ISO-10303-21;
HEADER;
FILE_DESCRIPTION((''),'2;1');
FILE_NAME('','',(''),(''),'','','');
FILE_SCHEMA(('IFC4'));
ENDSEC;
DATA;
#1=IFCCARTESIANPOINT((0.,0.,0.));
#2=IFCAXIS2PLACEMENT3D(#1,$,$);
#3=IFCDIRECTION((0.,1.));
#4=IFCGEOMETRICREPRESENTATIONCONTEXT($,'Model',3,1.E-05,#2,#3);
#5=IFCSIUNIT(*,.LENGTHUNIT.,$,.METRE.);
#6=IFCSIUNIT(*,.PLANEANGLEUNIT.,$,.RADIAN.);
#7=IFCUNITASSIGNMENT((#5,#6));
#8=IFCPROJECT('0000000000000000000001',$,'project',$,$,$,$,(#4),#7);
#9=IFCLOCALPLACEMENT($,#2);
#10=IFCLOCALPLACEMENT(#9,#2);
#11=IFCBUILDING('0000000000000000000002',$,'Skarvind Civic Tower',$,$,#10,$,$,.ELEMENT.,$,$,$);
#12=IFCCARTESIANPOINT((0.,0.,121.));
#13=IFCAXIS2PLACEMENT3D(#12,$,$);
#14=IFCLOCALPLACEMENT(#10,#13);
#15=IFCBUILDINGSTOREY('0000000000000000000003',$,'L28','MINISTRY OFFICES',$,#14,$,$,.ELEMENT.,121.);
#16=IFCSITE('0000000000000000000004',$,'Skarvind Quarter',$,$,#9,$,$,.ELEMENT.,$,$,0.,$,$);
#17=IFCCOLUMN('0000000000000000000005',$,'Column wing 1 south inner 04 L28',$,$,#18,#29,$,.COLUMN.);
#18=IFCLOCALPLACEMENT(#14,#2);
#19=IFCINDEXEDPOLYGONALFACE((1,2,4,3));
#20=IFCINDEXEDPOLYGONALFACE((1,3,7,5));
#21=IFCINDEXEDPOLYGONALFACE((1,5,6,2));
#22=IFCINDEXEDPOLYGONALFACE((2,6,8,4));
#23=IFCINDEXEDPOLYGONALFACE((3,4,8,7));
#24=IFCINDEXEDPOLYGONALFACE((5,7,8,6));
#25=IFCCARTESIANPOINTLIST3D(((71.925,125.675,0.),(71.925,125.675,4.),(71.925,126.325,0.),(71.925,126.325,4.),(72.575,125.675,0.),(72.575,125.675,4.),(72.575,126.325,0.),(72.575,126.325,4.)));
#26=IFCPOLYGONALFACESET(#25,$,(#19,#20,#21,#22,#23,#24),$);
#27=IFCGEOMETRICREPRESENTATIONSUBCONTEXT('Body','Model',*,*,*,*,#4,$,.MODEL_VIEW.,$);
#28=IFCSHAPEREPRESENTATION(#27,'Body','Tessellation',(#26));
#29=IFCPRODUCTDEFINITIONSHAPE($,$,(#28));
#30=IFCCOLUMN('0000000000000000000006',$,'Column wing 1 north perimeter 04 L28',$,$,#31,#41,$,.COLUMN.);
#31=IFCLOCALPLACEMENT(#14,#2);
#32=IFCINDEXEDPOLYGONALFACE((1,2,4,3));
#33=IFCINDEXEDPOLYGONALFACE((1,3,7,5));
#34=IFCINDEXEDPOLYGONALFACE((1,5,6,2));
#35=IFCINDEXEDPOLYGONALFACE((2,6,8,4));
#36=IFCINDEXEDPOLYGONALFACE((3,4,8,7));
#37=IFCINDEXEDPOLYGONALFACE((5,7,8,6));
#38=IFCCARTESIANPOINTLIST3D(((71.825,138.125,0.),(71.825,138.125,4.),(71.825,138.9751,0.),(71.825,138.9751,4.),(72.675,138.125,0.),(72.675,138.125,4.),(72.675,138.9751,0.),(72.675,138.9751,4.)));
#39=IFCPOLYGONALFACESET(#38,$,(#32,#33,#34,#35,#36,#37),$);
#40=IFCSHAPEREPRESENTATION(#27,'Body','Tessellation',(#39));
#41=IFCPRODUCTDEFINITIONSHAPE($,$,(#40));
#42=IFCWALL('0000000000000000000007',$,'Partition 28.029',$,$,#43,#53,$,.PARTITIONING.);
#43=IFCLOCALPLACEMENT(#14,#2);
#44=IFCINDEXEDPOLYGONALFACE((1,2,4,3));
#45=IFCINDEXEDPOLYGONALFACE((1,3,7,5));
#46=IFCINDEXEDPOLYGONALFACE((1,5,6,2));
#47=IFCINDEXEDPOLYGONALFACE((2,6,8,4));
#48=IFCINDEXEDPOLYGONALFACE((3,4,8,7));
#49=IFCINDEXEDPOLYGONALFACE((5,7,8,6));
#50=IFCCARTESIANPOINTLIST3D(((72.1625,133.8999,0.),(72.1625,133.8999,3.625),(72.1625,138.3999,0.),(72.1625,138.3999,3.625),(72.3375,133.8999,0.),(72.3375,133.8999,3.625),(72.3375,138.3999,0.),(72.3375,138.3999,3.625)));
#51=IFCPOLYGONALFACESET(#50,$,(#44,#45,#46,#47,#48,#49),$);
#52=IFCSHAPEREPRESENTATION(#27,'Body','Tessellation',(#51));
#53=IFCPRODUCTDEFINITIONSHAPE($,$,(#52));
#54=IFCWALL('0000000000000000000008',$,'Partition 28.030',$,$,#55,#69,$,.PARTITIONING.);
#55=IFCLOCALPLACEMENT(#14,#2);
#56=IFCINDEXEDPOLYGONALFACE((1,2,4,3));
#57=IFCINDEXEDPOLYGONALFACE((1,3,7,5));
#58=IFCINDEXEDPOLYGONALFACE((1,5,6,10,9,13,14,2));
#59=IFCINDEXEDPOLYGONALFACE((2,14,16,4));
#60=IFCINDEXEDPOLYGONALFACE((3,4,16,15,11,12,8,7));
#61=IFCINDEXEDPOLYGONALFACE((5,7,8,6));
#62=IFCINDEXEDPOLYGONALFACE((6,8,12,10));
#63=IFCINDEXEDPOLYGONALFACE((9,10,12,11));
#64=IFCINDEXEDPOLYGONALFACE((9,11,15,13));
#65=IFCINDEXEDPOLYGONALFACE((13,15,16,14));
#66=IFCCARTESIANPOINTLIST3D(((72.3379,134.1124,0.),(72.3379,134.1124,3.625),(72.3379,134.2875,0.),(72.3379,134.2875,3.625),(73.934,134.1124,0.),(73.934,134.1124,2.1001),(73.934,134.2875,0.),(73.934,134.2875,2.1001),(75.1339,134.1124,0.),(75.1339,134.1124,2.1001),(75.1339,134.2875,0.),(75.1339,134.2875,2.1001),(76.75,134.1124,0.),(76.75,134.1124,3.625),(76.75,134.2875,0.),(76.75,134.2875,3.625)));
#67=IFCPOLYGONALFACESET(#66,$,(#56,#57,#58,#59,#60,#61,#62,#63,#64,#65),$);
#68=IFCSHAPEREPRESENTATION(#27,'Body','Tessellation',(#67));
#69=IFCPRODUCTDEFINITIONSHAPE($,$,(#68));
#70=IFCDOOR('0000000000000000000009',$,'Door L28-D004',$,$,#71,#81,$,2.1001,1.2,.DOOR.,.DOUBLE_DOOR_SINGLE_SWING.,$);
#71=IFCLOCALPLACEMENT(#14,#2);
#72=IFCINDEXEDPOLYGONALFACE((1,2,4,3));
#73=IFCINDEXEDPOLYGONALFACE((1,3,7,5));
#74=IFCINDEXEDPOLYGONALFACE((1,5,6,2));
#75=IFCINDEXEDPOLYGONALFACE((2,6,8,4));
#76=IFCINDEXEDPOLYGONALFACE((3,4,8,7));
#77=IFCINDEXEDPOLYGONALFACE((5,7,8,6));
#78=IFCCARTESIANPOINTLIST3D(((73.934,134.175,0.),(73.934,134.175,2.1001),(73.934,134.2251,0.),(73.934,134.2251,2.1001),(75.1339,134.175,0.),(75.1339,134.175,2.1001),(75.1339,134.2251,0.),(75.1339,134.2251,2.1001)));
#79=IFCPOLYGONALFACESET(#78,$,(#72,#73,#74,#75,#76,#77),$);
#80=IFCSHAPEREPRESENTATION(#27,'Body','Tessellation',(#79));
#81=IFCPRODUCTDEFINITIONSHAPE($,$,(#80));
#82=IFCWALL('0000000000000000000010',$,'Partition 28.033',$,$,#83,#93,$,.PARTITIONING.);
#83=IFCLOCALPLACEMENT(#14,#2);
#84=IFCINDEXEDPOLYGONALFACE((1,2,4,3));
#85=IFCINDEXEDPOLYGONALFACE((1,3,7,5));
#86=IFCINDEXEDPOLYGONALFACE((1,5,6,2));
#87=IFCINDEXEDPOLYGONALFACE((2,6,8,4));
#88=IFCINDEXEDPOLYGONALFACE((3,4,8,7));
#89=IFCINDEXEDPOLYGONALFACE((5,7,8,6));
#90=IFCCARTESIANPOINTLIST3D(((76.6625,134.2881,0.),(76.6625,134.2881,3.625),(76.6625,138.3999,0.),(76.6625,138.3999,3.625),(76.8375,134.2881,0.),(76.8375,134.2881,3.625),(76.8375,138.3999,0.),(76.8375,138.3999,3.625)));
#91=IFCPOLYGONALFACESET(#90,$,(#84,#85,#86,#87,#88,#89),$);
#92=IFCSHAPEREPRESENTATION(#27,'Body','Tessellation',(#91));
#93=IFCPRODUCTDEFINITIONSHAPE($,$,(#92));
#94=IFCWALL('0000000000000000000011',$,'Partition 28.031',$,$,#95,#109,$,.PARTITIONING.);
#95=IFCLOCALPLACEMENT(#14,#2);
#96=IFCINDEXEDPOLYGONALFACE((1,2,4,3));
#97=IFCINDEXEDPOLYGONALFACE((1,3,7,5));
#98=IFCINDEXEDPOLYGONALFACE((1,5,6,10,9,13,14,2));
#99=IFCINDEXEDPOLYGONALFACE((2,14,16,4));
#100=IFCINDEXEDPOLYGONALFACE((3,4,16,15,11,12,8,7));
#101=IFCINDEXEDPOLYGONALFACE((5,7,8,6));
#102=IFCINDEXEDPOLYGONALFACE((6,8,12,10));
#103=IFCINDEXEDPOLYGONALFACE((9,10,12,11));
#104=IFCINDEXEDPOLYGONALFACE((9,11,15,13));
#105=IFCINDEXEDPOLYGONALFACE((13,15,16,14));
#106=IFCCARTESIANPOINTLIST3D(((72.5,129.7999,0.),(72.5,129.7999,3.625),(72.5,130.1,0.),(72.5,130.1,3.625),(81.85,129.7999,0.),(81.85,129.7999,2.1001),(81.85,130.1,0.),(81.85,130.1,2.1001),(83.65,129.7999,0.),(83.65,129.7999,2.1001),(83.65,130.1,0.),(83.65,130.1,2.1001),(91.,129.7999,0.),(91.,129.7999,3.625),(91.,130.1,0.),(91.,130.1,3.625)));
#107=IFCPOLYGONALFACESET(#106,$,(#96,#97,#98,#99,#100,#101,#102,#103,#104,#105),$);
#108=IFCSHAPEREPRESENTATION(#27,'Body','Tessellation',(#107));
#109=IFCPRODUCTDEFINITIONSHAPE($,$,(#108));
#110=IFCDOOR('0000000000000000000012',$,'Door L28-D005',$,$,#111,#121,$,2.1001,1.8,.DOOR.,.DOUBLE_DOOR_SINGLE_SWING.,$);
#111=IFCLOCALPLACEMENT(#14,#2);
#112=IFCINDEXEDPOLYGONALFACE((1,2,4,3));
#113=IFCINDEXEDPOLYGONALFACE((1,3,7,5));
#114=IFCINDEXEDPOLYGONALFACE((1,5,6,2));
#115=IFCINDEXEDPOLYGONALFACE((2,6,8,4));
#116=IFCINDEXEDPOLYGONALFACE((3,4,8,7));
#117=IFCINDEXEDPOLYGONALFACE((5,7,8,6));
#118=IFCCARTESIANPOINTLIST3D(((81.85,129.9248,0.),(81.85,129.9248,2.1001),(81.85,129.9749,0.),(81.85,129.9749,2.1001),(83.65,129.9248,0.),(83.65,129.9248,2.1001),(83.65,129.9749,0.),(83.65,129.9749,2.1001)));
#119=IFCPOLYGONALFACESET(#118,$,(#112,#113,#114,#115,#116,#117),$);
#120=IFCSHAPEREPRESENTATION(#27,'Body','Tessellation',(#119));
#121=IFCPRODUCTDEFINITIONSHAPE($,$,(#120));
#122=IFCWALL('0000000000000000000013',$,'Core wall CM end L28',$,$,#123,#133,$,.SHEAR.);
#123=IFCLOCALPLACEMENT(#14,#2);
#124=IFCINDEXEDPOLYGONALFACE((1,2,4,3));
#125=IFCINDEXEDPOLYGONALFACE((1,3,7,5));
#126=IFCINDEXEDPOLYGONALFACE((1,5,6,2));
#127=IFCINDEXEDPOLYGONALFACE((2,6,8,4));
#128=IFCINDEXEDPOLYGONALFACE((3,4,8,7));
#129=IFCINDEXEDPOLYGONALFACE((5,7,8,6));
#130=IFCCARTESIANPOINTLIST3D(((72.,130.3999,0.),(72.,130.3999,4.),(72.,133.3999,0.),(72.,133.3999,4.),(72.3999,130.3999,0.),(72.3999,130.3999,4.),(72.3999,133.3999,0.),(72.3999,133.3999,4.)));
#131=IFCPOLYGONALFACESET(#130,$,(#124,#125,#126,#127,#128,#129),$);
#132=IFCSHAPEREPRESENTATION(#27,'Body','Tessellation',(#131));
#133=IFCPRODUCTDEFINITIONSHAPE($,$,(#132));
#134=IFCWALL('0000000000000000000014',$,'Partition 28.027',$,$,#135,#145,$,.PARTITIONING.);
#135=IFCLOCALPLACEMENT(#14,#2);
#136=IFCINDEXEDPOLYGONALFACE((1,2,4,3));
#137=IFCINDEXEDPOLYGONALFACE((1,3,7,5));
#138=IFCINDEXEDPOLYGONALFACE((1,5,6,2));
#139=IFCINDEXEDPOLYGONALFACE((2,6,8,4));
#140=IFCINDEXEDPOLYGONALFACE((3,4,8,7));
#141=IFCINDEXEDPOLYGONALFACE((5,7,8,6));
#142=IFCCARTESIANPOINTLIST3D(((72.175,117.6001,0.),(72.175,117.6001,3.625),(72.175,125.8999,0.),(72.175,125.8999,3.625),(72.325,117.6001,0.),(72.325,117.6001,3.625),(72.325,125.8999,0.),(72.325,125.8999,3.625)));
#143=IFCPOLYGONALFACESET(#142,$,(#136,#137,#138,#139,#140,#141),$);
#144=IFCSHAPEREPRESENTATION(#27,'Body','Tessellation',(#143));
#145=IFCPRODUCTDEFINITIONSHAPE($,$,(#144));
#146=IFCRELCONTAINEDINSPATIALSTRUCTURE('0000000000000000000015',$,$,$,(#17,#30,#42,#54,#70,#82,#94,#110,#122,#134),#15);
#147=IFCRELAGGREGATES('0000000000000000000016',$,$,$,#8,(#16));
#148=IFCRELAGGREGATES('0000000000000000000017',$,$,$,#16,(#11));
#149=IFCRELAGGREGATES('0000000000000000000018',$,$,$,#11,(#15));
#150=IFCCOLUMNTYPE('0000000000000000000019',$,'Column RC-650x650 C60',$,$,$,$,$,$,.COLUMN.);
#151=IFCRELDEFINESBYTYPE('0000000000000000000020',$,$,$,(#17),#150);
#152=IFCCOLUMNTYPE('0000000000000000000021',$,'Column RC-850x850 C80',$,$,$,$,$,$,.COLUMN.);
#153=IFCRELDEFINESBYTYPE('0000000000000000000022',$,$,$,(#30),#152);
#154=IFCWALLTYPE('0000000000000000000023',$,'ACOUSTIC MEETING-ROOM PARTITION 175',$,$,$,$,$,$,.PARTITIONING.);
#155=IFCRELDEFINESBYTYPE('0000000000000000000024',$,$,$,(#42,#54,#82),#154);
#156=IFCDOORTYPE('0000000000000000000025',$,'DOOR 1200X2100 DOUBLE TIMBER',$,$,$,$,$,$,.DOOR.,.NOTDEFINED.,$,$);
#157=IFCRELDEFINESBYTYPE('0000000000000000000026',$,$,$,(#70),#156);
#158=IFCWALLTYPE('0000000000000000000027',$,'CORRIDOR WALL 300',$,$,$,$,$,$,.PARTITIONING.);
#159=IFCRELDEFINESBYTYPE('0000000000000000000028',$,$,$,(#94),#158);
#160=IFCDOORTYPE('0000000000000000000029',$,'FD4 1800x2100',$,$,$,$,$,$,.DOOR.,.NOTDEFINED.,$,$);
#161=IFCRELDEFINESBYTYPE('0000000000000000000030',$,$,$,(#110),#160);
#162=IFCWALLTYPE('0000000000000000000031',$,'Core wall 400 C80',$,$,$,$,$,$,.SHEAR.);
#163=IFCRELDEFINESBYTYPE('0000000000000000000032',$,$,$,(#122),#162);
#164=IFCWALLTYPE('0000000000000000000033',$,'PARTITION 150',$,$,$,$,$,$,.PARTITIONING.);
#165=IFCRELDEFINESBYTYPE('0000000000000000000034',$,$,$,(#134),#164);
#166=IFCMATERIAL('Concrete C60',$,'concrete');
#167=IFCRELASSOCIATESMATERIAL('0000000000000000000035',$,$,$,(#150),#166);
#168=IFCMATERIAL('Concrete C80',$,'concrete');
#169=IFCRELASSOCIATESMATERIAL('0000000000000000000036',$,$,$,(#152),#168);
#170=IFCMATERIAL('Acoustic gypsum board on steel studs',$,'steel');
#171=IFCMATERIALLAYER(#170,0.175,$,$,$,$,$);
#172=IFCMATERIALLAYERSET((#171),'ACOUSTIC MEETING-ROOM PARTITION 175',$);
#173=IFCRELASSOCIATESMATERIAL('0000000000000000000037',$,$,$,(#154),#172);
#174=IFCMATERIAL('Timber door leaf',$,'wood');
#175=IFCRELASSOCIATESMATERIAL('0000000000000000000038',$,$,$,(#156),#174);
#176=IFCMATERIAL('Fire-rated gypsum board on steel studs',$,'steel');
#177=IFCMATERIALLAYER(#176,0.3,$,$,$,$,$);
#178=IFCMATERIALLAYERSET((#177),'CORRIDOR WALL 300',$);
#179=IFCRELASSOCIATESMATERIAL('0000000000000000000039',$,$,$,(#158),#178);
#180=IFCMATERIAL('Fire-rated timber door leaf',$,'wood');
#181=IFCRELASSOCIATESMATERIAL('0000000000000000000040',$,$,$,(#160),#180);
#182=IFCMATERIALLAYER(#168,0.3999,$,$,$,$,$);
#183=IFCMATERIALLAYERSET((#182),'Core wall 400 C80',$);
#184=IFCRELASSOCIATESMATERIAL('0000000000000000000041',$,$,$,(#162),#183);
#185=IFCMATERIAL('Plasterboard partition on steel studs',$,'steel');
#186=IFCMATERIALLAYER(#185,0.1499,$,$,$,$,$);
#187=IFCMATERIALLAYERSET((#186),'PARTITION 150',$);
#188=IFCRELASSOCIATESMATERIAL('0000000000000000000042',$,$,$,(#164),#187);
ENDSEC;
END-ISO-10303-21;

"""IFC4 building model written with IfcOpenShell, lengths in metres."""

from ifc_helpers import new_model, si_unit, direction, frame, frame_2d, origin, origin_2d, place, context, subcontext, project, spatial, rectangle, extrude, material, layer, layer_set, material_profile, profile_set, type_object, element, fill, save


model = new_model("IFC4")

# Units and contexts
model_context = context("Model", 3, precision=1e-05, world=origin(), true_north=direction((0.0, 1.0)))
body_context = subcontext(model_context, "Body", "Model", "MODEL_VIEW")
ifc_project = project(units=[si_unit("LENGTHUNIT", "METRE"), si_unit("PLANEANGLEUNIT", "RADIAN")], contexts=[model_context])

# Site, building, storey
site_placement = place(None, origin())
site = spatial("IfcSite", under=ifc_project, at=site_placement, Name="Skarvind Quarter", CompositionType="ELEMENT", RefElevation=0.0)
building_placement = place(site_placement, origin())
building = spatial("IfcBuilding", under=site, at=building_placement, Name="Skarvind Civic Tower", CompositionType="ELEMENT")
storey_placement = place(building_placement, frame((0.0, 0.0, 121.0)))
storey = spatial("IfcBuildingStorey", under=building, at=storey_placement, Name="L28", Description="MINISTRY OFFICES", CompositionType="ELEMENT", Elevation=121.0)

# Columns
ifc_material_1 = material(Name="Concrete C60", Category="concrete")
ifc_material_profile_1 = material_profile(ifc_material_1, rectangle(XDim=0.6499, YDim=0.6499, at=origin_2d()), Name="RC-650x650")
ifc_profile_set_1 = profile_set([ifc_material_profile_1], Name="Concrete C60")
column_type_1 = type_object("IfcColumnType", Name="Column RC-650x650 C60", PredefinedType="COLUMN", material=ifc_profile_set_1)
column_1_placement = place(storey_placement, frame((72.25, 126.0, 0.0), z_axis=(0.0, 0.0, 1.0), x_axis=(1.0, 0.0, 0.0)))
element("IfcColumn", 1, at=column_1_placement, inside=storey, type_object=column_type_1, Name="Column wing 1 south inner 04 L28", PredefinedType="COLUMN", context=body_context, shape_type="SweptSolid", body=[
    extrude(rectangle(XDim=0.6499, YDim=0.6499, at=origin_2d()), origin(), (0.0, 0.0, 1.0), 4.0),
])
ifc_material_2 = material(Name="Concrete C80", Category="concrete")
ifc_material_profile_2 = material_profile(ifc_material_2, rectangle(XDim=0.8501, YDim=0.8501, at=origin_2d()), Name="RC-850x850")
ifc_profile_set_2 = profile_set([ifc_material_profile_2], Name="Concrete C80")
column_type_2 = type_object("IfcColumnType", Name="Column RC-850x850 C80", PredefinedType="COLUMN", material=ifc_profile_set_2)
column_2_placement = place(storey_placement, frame((72.25, 138.55, 0.0), z_axis=(0.0, 0.0, 1.0), x_axis=(1.0, 0.0, 0.0)))
element("IfcColumn", 2, at=column_2_placement, inside=storey, type_object=column_type_2, Name="Column wing 1 north perimeter 04 L28", PredefinedType="COLUMN", context=body_context, shape_type="SweptSolid", body=[
    extrude(rectangle(XDim=0.8501, YDim=0.8501, at=origin_2d()), origin(), (0.0, 0.0, 1.0), 4.0),
])

# Wall
ifc_material_3 = material(Name="Acoustic gypsum board on steel studs", Category="steel")
ifc_layer_1 = layer(ifc_material_3, 0.175)
ifc_layer_set_1 = layer_set([ifc_layer_1], Name="ACOUSTIC MEETING-ROOM PARTITION 175")
wall_type_1 = type_object("IfcWallType", Name="ACOUSTIC MEETING-ROOM PARTITION 175", PredefinedType="PARTITIONING", material=ifc_layer_set_1)
wall_1_placement = place(storey_placement, frame((72.25, 133.8999, 0.0), z_axis=(0.0, 0.0, 1.0), x_axis=(0.0, 1.0, 0.0)))
element("IfcWall", 3, at=wall_1_placement, inside=storey, type_object=wall_type_1, Name="Partition 28.029", PredefinedType="PARTITIONING", context=body_context, shape_type="SweptSolid", body=[
    extrude(rectangle(XDim=4.5, YDim=0.175, at=frame_2d((2.25, 0.0))), origin(), (0.0, 0.0, 1.0), 3.625),
])

# Wall, opening, door
wall_2_placement = place(storey_placement, frame((76.75, 134.2, 0.0), z_axis=(0.0, 0.0, 1.0), x_axis=(-1.0, 0.0, 0.0)))
wall_2 = element("IfcWall", 4, at=wall_2_placement, inside=storey, type_object=wall_type_1, Name="Partition 28.030", PredefinedType="PARTITIONING", context=body_context, shape_type="SweptSolid", body=[
    extrude(rectangle(XDim=4.4121, YDim=0.175, at=frame_2d((2.2061, 0.0))), origin(), (0.0, 0.0, 1.0), 3.625),
])
opening_1_placement = place(wall_2_placement, frame((1.616, 0.0, 0.0)))
opening_1 = element("IfcOpeningElement", 5, at=opening_1_placement, cuts=wall_2, PredefinedType="OPENING", context=body_context, shape_type="SweptSolid", body=[
    extrude(rectangle(XDim=1.2, YDim=2.1001, at=frame_2d((0.6001, 1.05))), frame((0.0, 0.0974, 0.0), z_axis=(0.0, -1.0, 0.0), x_axis=(1.0, 0.0, 0.0)), (0.0, 0.0, 1.0), 0.1951),
])
ifc_material_4 = material(Name="Timber door leaf", Category="wood")
door_type_1 = type_object("IfcDoorType", Name="DOOR 1200X2100 DOUBLE TIMBER", OperationType="NOTDEFINED", PredefinedType="DOOR", material=ifc_material_4)
door_1_placement = place(opening_1_placement, origin())
door_1 = element("IfcDoor", 6, at=door_1_placement, inside=storey, type_object=door_type_1, Name="Door L28-D004", OperationType="DOUBLE_DOOR_SINGLE_SWING", OverallHeight=2.1001, OverallWidth=1.2, PredefinedType="DOOR", context=body_context, shape_type="SweptSolid", body=[
    extrude(rectangle(XDim=1.2, YDim=2.1001, at=frame_2d((0.6001, 1.05))), frame((0.0, 0.0249, 0.0), z_axis=(0.0, -1.0, 0.0), x_axis=(1.0, 0.0, 0.0)), (0.0, 0.0, 1.0), 0.05),
])
fill(opening_1, door_1)

# Wall
wall_3_placement = place(storey_placement, frame((76.75, 134.2881, 0.0), z_axis=(0.0, 0.0, 1.0), x_axis=(0.0, 1.0, 0.0)))
element("IfcWall", 7, at=wall_3_placement, inside=storey, type_object=wall_type_1, Name="Partition 28.033", PredefinedType="PARTITIONING", context=body_context, shape_type="SweptSolid", body=[
    extrude(rectangle(XDim=4.1118, YDim=0.175, at=frame_2d((2.0559, 0.0))), origin(), (0.0, 0.0, 1.0), 3.625),
])

# Wall, opening, door
ifc_material_5 = material(Name="Fire-rated gypsum board on steel studs", Category="steel")
ifc_layer_2 = layer(ifc_material_5, 0.3)
ifc_layer_set_2 = layer_set([ifc_layer_2], Name="CORRIDOR WALL 300")
wall_type_2 = type_object("IfcWallType", Name="CORRIDOR WALL 300", PredefinedType="PARTITIONING", material=ifc_layer_set_2)
wall_4_placement = place(storey_placement, frame((72.5, 129.95, 0.0), z_axis=(0.0, 0.0, 1.0), x_axis=(1.0, 0.0, 0.0)))
wall_4 = element("IfcWall", 8, at=wall_4_placement, inside=storey, type_object=wall_type_2, Name="Partition 28.031", PredefinedType="PARTITIONING", context=body_context, shape_type="SweptSolid", body=[
    extrude(rectangle(XDim=18.5, YDim=0.3, at=frame_2d((9.25, 0.0))), origin(), (0.0, 0.0, 1.0), 3.625),
])
opening_2_placement = place(wall_4_placement, frame((9.3501, 0.0, 0.0)))
opening_2 = element("IfcOpeningElement", 9, at=opening_2_placement, cuts=wall_4, PredefinedType="OPENING", context=body_context, shape_type="SweptSolid", body=[
    extrude(rectangle(XDim=1.8, YDim=2.1001, at=frame_2d((0.8999, 1.05))), frame((0.0, 0.1599, 0.0), z_axis=(0.0, -1.0, 0.0), x_axis=(1.0, 0.0, 0.0)), (0.0, 0.0, 1.0), 0.3201),
])
ifc_material_6 = material(Name="Fire-rated timber door leaf", Category="wood")
door_type_2 = type_object("IfcDoorType", Name="FD4 1800x2100", OperationType="NOTDEFINED", PredefinedType="DOOR", material=ifc_material_6)
door_2_placement = place(opening_2_placement, origin())
door_2 = element("IfcDoor", 10, at=door_2_placement, inside=storey, type_object=door_type_2, Name="Door L28-D005", OperationType="DOUBLE_DOOR_SINGLE_SWING", OverallHeight=2.1001, OverallWidth=1.8, PredefinedType="DOOR", context=body_context, shape_type="SweptSolid", body=[
    extrude(rectangle(XDim=1.8, YDim=2.1001, at=frame_2d((0.8999, 1.05))), frame((0.0, 0.0249, 0.0), z_axis=(0.0, -1.0, 0.0), x_axis=(1.0, 0.0, 0.0)), (0.0, 0.0, 1.0), 0.05),
])
fill(opening_2, door_2)

# Walls
ifc_layer_3 = layer(ifc_material_2, 0.3999)
ifc_layer_set_3 = layer_set([ifc_layer_3], Name="Core wall 400 C80")
wall_type_3 = type_object("IfcWallType", Name="Core wall 400 C80", PredefinedType="SHEAR", material=ifc_layer_set_3)
wall_5_placement = place(storey_placement, frame((72.2, 130.3999, 0.0), z_axis=(0.0, 0.0, 1.0), x_axis=(0.0, 1.0, 0.0)))
element("IfcWall", 11, at=wall_5_placement, inside=storey, type_object=wall_type_3, Name="Core wall CM end L28", PredefinedType="SHEAR", context=body_context, shape_type="SweptSolid", body=[
    extrude(rectangle(XDim=3.0, YDim=0.3999, at=frame_2d((1.5, 0.0))), origin(), (0.0, 0.0, 1.0), 4.0),
])
ifc_material_7 = material(Name="Plasterboard partition on steel studs", Category="steel")
ifc_layer_4 = layer(ifc_material_7, 0.1499)
ifc_layer_set_4 = layer_set([ifc_layer_4], Name="PARTITION 150")
wall_type_4 = type_object("IfcWallType", Name="PARTITION 150", PredefinedType="PARTITIONING", material=ifc_layer_set_4)
wall_6_placement = place(storey_placement, frame((72.25, 117.6001, 0.0), z_axis=(0.0, 0.0, 1.0), x_axis=(0.0, 1.0, 0.0)))
element("IfcWall", 12, at=wall_6_placement, inside=storey, type_object=wall_type_4, Name="Partition 28.027", PredefinedType="PARTITIONING", context=body_context, shape_type="SweptSolid", body=[
    extrude(rectangle(XDim=8.2998, YDim=0.1499, at=frame_2d((4.1499, 0.0))), origin(), (0.0, 0.0, 1.0), 3.625),
])

save(model, "model.ifc")
